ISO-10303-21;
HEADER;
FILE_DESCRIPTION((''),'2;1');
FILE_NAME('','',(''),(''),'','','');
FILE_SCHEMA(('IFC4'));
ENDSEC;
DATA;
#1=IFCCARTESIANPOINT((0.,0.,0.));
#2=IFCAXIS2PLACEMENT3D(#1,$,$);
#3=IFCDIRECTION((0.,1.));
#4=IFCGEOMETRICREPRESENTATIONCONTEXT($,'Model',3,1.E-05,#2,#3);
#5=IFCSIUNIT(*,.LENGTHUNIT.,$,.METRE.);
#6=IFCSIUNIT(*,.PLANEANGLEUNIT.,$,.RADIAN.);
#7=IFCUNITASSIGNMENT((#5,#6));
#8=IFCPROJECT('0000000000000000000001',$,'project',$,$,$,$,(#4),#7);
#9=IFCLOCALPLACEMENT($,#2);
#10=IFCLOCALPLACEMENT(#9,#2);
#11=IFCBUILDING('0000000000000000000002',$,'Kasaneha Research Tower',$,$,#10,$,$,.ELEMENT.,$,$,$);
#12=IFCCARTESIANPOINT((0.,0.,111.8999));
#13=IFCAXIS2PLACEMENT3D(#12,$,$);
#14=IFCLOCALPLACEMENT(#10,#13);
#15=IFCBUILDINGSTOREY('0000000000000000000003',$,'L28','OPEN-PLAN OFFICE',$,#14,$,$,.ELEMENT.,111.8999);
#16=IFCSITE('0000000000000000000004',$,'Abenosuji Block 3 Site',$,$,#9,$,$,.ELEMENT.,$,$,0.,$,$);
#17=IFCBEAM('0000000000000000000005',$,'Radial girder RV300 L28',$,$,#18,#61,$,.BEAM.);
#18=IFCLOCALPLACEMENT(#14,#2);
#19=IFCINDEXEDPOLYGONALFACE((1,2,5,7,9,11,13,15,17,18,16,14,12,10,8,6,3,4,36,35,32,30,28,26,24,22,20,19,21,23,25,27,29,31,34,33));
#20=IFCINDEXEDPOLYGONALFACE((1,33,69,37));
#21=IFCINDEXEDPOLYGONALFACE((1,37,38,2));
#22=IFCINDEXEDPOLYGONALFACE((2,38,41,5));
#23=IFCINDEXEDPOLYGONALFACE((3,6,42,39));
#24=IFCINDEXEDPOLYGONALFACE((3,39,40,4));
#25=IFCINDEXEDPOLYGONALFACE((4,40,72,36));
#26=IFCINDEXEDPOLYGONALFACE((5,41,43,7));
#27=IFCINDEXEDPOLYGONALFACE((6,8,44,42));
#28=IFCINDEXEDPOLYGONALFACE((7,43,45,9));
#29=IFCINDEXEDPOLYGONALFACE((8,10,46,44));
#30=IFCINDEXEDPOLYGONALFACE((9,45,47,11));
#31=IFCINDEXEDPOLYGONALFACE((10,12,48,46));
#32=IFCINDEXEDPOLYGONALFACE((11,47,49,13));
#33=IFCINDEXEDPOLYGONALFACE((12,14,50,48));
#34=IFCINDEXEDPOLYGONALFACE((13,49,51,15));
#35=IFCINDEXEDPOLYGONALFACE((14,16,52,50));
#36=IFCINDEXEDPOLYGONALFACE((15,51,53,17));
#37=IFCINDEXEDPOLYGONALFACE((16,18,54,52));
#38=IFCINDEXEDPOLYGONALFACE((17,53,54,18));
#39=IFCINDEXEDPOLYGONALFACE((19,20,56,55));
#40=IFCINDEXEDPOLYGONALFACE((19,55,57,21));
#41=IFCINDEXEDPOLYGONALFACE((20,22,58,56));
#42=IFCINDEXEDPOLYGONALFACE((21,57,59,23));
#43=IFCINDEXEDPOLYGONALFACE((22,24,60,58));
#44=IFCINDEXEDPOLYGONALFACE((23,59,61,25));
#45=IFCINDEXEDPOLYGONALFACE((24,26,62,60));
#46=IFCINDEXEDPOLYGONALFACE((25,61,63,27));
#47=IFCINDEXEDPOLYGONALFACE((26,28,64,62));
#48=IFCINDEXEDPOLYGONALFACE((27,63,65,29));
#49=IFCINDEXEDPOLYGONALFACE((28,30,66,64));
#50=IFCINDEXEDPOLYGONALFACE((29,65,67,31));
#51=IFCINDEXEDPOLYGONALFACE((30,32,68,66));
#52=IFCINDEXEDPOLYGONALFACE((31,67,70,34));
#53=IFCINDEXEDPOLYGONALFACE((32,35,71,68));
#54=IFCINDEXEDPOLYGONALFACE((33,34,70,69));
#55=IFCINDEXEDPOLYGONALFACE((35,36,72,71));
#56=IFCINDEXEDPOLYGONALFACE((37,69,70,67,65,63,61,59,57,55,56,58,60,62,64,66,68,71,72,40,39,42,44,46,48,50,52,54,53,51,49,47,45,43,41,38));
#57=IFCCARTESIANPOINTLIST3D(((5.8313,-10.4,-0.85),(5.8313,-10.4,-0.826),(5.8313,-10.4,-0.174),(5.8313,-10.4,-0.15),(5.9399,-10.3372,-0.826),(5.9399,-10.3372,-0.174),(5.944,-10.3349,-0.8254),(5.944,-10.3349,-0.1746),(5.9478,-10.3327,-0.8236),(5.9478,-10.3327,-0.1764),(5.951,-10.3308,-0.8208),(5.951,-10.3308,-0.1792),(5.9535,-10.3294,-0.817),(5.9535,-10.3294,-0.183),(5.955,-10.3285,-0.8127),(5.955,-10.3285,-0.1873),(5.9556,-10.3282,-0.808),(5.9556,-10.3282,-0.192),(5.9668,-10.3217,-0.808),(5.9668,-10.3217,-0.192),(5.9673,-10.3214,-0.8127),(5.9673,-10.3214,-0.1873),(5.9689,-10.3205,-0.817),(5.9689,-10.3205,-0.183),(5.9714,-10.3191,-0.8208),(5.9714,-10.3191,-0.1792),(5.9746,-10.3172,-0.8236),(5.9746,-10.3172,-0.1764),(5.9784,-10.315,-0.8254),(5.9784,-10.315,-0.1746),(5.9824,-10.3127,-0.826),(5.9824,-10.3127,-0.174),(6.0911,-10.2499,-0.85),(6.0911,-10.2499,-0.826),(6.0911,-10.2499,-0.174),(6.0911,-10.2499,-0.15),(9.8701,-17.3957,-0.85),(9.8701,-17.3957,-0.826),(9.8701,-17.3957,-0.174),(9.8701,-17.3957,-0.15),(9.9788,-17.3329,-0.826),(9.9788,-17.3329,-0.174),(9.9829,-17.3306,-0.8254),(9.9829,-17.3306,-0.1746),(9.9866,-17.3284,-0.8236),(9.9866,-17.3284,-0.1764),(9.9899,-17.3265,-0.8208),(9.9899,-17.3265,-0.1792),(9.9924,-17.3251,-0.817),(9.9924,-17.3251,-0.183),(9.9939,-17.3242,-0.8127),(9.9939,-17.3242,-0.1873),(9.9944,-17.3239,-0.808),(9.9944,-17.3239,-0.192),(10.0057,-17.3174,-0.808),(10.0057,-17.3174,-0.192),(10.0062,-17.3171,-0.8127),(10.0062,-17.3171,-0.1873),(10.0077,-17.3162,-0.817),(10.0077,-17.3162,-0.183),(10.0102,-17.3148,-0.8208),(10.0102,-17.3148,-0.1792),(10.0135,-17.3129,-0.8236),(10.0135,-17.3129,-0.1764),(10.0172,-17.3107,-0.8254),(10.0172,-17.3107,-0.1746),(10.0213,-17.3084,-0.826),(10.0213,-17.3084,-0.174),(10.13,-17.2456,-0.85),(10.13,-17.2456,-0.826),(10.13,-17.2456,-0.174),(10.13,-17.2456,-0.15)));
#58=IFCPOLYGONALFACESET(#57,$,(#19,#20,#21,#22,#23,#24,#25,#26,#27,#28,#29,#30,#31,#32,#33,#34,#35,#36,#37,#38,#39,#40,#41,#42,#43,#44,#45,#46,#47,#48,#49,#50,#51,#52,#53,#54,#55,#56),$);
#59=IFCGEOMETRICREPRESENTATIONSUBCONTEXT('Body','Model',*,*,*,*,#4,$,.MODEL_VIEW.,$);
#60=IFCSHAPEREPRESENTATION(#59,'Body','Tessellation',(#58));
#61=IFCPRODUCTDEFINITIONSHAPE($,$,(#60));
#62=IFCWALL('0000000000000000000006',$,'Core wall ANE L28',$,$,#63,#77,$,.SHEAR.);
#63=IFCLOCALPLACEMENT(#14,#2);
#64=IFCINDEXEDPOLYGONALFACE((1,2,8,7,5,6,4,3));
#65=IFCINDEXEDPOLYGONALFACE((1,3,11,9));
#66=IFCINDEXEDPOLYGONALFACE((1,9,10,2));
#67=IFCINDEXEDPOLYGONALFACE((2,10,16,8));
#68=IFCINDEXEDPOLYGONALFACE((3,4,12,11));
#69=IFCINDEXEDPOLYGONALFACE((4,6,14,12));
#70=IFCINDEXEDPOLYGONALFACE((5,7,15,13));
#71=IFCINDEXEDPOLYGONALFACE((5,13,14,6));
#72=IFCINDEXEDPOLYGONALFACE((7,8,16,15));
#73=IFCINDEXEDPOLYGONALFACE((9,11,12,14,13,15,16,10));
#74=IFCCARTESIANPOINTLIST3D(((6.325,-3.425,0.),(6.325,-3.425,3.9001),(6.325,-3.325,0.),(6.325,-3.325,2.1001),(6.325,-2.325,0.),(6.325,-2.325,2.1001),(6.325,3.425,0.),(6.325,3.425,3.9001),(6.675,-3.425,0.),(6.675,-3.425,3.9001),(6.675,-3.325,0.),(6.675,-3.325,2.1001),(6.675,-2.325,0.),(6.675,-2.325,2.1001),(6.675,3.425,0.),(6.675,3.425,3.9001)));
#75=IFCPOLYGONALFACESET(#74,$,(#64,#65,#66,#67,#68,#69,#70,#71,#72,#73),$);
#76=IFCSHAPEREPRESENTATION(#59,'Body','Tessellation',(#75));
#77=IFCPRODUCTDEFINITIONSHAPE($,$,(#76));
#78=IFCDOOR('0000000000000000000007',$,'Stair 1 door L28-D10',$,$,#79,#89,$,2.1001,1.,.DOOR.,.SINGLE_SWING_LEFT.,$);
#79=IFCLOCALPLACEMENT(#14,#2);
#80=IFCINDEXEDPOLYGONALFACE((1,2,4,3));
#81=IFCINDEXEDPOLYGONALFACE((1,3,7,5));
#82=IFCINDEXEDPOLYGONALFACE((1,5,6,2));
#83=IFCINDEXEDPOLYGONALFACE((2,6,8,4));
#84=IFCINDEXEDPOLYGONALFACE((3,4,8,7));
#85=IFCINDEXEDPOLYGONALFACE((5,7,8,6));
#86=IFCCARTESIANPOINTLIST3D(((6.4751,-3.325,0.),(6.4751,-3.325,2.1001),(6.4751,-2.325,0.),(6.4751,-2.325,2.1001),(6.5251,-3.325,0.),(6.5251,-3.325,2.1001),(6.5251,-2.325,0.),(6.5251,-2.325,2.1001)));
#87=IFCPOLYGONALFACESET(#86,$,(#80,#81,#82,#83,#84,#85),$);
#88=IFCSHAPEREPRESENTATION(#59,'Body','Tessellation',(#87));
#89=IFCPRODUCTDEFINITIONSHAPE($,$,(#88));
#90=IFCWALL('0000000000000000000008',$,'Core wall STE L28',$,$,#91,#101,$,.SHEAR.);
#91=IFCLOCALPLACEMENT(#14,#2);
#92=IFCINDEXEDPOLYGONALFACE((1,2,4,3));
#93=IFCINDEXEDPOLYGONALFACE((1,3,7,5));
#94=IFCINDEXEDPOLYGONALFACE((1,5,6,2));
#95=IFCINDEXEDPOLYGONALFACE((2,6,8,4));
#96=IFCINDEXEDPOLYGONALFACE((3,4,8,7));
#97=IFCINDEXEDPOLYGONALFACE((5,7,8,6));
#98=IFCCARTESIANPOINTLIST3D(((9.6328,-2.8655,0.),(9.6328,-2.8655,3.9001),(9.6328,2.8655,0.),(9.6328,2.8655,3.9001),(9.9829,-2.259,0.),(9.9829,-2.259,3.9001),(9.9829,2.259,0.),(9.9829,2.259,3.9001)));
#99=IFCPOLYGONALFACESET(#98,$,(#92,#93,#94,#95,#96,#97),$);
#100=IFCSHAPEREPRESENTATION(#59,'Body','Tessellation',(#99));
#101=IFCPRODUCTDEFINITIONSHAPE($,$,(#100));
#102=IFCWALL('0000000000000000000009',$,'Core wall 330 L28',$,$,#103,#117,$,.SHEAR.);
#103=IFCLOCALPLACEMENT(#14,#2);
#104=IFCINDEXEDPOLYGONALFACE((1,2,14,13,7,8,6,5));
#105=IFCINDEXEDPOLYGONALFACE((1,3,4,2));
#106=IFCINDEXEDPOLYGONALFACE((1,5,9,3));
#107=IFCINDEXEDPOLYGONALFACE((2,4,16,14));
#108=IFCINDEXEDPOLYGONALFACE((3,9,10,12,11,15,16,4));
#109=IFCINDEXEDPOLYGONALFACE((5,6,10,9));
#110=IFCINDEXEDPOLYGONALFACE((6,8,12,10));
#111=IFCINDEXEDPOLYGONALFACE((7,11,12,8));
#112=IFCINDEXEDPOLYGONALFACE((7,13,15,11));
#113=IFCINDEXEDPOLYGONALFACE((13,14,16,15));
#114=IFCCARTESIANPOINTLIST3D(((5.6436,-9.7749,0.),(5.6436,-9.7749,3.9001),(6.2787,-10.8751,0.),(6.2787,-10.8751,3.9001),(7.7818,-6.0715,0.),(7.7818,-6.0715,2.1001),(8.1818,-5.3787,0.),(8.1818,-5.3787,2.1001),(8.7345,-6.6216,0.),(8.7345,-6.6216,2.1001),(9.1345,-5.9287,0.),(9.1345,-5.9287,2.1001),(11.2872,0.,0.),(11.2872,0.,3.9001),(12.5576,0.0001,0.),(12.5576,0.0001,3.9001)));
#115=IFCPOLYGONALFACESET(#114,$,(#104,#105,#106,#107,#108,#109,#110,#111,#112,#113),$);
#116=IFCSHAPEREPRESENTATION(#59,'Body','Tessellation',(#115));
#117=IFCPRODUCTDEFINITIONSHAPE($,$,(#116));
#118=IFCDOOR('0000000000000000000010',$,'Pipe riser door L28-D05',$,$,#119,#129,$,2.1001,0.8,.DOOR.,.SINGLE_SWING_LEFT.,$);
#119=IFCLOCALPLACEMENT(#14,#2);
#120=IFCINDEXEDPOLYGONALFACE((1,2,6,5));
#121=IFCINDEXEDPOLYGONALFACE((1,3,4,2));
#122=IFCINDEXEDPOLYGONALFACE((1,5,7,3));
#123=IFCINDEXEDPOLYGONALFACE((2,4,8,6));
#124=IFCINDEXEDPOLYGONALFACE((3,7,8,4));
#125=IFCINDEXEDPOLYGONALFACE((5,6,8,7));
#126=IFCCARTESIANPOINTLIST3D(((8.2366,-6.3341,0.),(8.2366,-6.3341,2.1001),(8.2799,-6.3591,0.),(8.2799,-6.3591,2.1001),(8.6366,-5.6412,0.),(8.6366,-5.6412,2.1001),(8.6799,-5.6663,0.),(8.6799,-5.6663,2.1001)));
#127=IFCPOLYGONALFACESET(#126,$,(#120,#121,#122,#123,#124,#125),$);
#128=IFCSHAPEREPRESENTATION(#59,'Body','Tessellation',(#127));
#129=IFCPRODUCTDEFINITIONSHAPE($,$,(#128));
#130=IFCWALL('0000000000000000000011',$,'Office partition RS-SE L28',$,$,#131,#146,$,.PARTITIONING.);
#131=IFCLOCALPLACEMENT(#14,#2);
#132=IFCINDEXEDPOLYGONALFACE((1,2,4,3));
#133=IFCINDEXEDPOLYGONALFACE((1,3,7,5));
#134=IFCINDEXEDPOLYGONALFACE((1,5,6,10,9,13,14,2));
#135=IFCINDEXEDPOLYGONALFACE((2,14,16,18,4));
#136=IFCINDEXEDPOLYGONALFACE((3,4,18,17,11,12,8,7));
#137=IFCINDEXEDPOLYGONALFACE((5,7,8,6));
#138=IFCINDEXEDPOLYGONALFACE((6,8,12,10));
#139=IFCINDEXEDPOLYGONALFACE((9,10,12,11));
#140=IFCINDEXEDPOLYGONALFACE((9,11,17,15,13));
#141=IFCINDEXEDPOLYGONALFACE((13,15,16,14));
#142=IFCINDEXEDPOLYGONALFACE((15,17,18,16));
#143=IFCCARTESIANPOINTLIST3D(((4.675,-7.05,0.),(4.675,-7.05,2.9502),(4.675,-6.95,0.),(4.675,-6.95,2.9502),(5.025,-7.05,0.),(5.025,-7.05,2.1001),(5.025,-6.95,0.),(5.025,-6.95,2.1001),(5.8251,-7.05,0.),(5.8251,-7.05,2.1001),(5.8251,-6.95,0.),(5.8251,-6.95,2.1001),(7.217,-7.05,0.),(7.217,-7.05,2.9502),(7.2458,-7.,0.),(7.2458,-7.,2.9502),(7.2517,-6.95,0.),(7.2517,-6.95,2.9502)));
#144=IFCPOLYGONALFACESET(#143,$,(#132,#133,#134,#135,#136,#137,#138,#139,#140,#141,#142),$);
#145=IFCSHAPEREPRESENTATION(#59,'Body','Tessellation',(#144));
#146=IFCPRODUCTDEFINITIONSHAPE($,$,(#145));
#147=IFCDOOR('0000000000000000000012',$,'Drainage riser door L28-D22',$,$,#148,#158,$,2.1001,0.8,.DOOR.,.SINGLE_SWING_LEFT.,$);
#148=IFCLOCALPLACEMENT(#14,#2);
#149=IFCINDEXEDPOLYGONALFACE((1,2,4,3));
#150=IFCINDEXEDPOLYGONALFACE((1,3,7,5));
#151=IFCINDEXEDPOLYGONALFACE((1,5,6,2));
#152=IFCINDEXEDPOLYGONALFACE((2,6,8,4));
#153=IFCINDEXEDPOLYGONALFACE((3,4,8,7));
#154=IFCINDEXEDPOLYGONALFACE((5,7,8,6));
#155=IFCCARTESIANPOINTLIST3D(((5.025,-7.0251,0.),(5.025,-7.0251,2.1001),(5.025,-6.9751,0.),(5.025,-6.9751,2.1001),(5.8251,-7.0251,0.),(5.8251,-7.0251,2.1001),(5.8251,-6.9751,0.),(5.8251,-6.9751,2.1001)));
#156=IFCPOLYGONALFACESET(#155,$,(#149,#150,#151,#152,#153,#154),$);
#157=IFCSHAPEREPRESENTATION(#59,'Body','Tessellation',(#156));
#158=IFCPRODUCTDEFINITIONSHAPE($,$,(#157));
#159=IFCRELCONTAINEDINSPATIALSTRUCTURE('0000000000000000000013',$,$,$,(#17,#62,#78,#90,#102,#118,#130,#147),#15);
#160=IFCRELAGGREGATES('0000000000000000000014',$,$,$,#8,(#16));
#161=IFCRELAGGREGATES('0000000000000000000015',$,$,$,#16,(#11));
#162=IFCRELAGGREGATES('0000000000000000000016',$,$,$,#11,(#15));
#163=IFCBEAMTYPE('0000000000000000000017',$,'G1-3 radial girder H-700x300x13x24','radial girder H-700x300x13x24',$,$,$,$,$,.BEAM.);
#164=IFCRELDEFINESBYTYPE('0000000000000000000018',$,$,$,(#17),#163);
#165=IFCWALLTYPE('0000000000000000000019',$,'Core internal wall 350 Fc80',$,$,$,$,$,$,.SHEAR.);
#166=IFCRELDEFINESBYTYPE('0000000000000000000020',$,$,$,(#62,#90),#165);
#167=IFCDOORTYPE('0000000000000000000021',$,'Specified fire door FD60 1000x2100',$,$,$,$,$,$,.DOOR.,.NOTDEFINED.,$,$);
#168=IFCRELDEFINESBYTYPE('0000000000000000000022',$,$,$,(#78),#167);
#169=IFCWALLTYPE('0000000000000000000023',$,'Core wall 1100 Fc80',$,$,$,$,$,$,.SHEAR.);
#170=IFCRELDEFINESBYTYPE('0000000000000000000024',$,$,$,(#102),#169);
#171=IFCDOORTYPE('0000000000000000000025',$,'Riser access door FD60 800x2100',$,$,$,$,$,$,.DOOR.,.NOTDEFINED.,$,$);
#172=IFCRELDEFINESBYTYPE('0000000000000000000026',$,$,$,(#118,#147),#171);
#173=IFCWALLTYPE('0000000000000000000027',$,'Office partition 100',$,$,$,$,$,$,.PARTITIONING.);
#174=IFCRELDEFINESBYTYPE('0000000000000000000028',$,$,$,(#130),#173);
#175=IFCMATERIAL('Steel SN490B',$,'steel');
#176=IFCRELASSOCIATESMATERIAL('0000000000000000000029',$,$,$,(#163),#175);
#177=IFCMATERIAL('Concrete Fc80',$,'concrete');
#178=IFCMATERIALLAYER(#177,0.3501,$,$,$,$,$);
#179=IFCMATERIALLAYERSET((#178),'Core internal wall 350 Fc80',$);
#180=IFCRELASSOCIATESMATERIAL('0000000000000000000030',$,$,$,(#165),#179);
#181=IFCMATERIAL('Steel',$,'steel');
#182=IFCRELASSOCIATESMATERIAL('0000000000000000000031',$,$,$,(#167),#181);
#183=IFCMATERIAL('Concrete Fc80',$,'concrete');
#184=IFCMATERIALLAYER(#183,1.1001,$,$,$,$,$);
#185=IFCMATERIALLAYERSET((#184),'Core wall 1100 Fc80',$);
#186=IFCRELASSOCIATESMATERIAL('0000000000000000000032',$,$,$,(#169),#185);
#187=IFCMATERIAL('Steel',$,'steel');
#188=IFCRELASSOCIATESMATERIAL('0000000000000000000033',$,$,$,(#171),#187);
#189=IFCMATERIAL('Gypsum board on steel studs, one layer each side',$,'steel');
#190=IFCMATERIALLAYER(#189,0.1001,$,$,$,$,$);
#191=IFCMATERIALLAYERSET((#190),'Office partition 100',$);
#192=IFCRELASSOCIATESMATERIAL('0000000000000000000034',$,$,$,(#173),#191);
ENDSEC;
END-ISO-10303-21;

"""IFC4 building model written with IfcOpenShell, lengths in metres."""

from ifc_helpers import new_model, si_unit, direction, frame, frame_2d, origin, origin_2d, place, context, subcontext, project, spatial, polyline, rectangle, i_section, outline, extrude, material, layer, layer_set, material_profile, profile_set, type_object, element, fill, save


model = new_model("IFC4")

# Units and contexts
model_context = context("Model", 3, precision=1e-05, world=origin(), true_north=direction((0.0, 1.0)))
body_context = subcontext(model_context, "Body", "Model", "MODEL_VIEW")
ifc_project = project(units=[si_unit("LENGTHUNIT", "METRE"), si_unit("PLANEANGLEUNIT", "RADIAN")], contexts=[model_context])

# Site, building, storey
site_placement = place(None, origin())
site = spatial("IfcSite", under=ifc_project, at=site_placement, Name="Abenosuji Block 3 Site", CompositionType="ELEMENT", RefElevation=0.0)
building_placement = place(site_placement, origin())
building = spatial("IfcBuilding", under=site, at=building_placement, Name="Kasaneha Research Tower", CompositionType="ELEMENT")
storey_placement = place(building_placement, frame((0.0, 0.0, 111.8999)))
storey = spatial("IfcBuildingStorey", under=building, at=storey_placement, Name="L28", Description="OPEN-PLAN OFFICE", CompositionType="ELEMENT", Elevation=111.8999)

# Beam
ifc_material_1 = material(Name="Steel SN490B", Category="steel")
ifc_material_profile_1 = material_profile(ifc_material_1, i_section(OverallWidth=0.3, OverallDepth=0.7, WebThickness=0.0129, FlangeThickness=0.0239, FilletRadius=0.0181, at=origin_2d()), Name="H-700x300x13x24")
ifc_profile_set_1 = profile_set([ifc_material_profile_1], Name="Steel SN490B")
beam_type_1 = type_object("IfcBeamType", Name="G1-3 radial girder H-700x300x13x24", Description="radial girder H-700x300x13x24", PredefinedType="BEAM", material=ifc_profile_set_1)
beam_1_placement = place(storey_placement, frame((5.9612, -10.325, -0.5), z_axis=(0.499991, -0.866031, 0.0), x_axis=(0.866031, 0.499991, 0.0)))
element("IfcBeam", 1, at=beam_1_placement, inside=storey, type_object=beam_type_1, Name="Radial girder RV300 L28", PredefinedType="BEAM", context=body_context, shape_type="SweptSolid", body=[
    extrude(i_section(OverallWidth=0.3, OverallDepth=0.7, WebThickness=0.0129, FlangeThickness=0.0239, FilletRadius=0.0181, at=origin_2d()), origin(), (0.0, 0.0, 1.0), 8.0779),
])

# Wall, opening, door
ifc_material_2 = material(Name="Concrete Fc80", Category="concrete")
ifc_layer_1 = layer(ifc_material_2, 0.3501)
ifc_layer_set_1 = layer_set([ifc_layer_1], Name="Core internal wall 350 Fc80")
wall_type_1 = type_object("IfcWallType", Name="Core internal wall 350 Fc80", PredefinedType="SHEAR", material=ifc_layer_set_1)
wall_1_placement = place(storey_placement, frame((6.5, -3.425, 0.0), z_axis=(0.0, 0.0, 1.0), x_axis=(0.0, 1.0, 0.0)))
wall_1 = element("IfcWall", 2, at=wall_1_placement, inside=storey, type_object=wall_type_1, Name="Core wall ANE L28", PredefinedType="SHEAR", context=body_context, shape_type="SweptSolid", body=[
    extrude(rectangle(XDim=6.8501, YDim=0.3501, at=frame_2d((3.425, 0.0))), origin(), (0.0, 0.0, 1.0), 3.9001),
])
opening_1_placement = place(wall_1_placement, frame((0.1001, 0.0, 0.0)))
opening_1 = element("IfcOpeningElement", 3, at=opening_1_placement, cuts=wall_1, PredefinedType="OPENING", context=body_context, shape_type="SweptSolid", body=[
    extrude(rectangle(XDim=1.0, YDim=2.1001, at=frame_2d((0.5, 1.05))), frame((0.0, 0.1851, 0.0), z_axis=(0.0, -1.0, 0.0), x_axis=(1.0, 0.0, 0.0)), (0.0, 0.0, 1.0), 0.3701),
])
ifc_material_3 = material(Name="Steel", Category="steel")
door_type_1 = type_object("IfcDoorType", Name="Specified fire door FD60 1000x2100", OperationType="NOTDEFINED", PredefinedType="DOOR", material=ifc_material_3)
door_1_placement = place(opening_1_placement, origin())
door_1 = element("IfcDoor", 4, at=door_1_placement, inside=storey, type_object=door_type_1, Name="Stair 1 door L28-D10", OperationType="SINGLE_SWING_LEFT", OverallHeight=2.1001, OverallWidth=1.0, PredefinedType="DOOR", context=body_context, shape_type="SweptSolid", body=[
    extrude(rectangle(XDim=1.0, YDim=2.1001, at=frame_2d((0.5, 1.05))), frame((0.0, 0.0249, 0.0), z_axis=(0.0, -1.0, 0.0), x_axis=(1.0, 0.0, 0.0)), (0.0, 0.0, 1.0), 0.05),
])
fill(opening_1, door_1)

# Wall
wall_2_placement = place(storey_placement, frame((9.8079, -2.5623, 0.0), z_axis=(0.0, 0.0, 1.0), x_axis=(0.0, 1.0, 0.0)))
element("IfcWall", 5, at=wall_2_placement, inside=storey, type_object=wall_type_1, Name="Core wall STE L28", PredefinedType="SHEAR", context=body_context, shape_type="SweptSolid", body=[
    extrude(outline(polyline([(0.3032, -0.175), (4.8213, -0.175), (5.4277, 0.175), (-0.3032, 0.175), (0.3032, -0.175)])), origin(), (0.0, 0.0, 1.0), 3.9001),
])

# Walls, openings, doors
ifc_material_4 = material(Name="Concrete Fc80", Category="concrete")
ifc_layer_2 = layer(ifc_material_4, 1.1001)
ifc_layer_set_2 = layer_set([ifc_layer_2], Name="Core wall 1100 Fc80")
wall_type_2 = type_object("IfcWallType", Name="Core wall 1100 Fc80", PredefinedType="SHEAR", material=ifc_layer_set_2)
wall_3_placement = place(storey_placement, frame((5.9612, -10.325, 0.0), z_axis=(0.0, 0.0, 1.0), x_axis=(0.500004, 0.866023, 0.0)))
wall_3 = element("IfcWall", 6, at=wall_3_placement, inside=storey, type_object=wall_type_2, Name="Core wall 330 L28", PredefinedType="SHEAR", context=body_context, shape_type="SweptSolid", body=[
    extrude(outline(polyline([(-0.3176, -0.55), (4.594, -0.55), (5.394, -0.55), (12.24, -0.55), (11.6047, 0.55), (5.394, 0.55), (4.594, 0.55), (0.3176, 0.55), (-0.3176, -0.55)])), origin(), (0.0, 0.0, 1.0), 3.9001),
])
opening_2_placement = place(wall_3_placement, frame((4.594, 0.0, 0.0)))
opening_2 = element("IfcOpeningElement", 7, at=opening_2_placement, cuts=wall_3, PredefinedType="OPENING", context=body_context, shape_type="SweptSolid", body=[
    extrude(rectangle(XDim=0.8, YDim=2.1001, at=frame_2d((0.3999, 1.05))), frame((0.0, 0.5601, 0.0), z_axis=(0.0, -1.0, 0.0), x_axis=(1.0, 0.0, 0.0)), (0.0, 0.0, 1.0), 1.1201),
])
ifc_material_5 = material(Name="Steel", Category="steel")
door_type_2 = type_object("IfcDoorType", Name="Riser access door FD60 800x2100", OperationType="NOTDEFINED", PredefinedType="DOOR", material=ifc_material_5)
door_2_placement = place(opening_2_placement, origin())
door_2 = element("IfcDoor", 8, at=door_2_placement, inside=storey, type_object=door_type_2, Name="Pipe riser door L28-D05", OperationType="SINGLE_SWING_LEFT", OverallHeight=2.1001, OverallWidth=0.8, PredefinedType="DOOR", context=body_context, shape_type="SweptSolid", body=[
    extrude(rectangle(XDim=0.8, YDim=2.1001, at=frame_2d((0.3999, 1.05))), frame((0.0, 0.0249, 0.0), z_axis=(0.0, -1.0, 0.0), x_axis=(1.0, 0.0, 0.0)), (0.0, 0.0, 1.0), 0.05),
])
fill(opening_2, door_2)
ifc_material_6 = material(Name="Gypsum board on steel studs, one layer each side", Category="steel")
ifc_layer_3 = layer(ifc_material_6, 0.1001)
ifc_layer_set_3 = layer_set([ifc_layer_3], Name="Office partition 100")
wall_type_3 = type_object("IfcWallType", Name="Office partition 100", PredefinedType="PARTITIONING", material=ifc_layer_set_3)
wall_4_placement = place(storey_placement, frame((4.675, -7.0, 0.0), z_axis=(0.0, 0.0, 1.0), x_axis=(1.0, 0.0, 0.0)))
wall_4 = element("IfcWall", 9, at=wall_4_placement, inside=storey, type_object=wall_type_3, Name="Office partition RS-SE L28", PredefinedType="PARTITIONING", context=body_context, shape_type="SweptSolid", body=[
    extrude(outline(polyline([(0.0, -0.05), (0.3501, -0.05), (1.1501, -0.05), (2.542, -0.05), (2.5708, 0.0), (2.5767, 0.05), (1.1501, 0.05), (0.3501, 0.05), (0.0, 0.05), (0.0, -0.05)])), origin(), (0.0, 0.0, 1.0), 2.9502),
])
opening_3_placement = place(wall_4_placement, frame((0.3501, 0.0, 0.0)))
opening_3 = element("IfcOpeningElement", 10, at=opening_3_placement, cuts=wall_4, PredefinedType="OPENING", context=body_context, shape_type="SweptSolid", body=[
    extrude(rectangle(XDim=0.8, YDim=2.1001, at=frame_2d((0.3999, 1.05))), frame((0.0, 0.0601, 0.0), z_axis=(0.0, -1.0, 0.0), x_axis=(1.0, 0.0, 0.0)), (0.0, 0.0, 1.0), 0.1201),
])
door_3_placement = place(opening_3_placement, origin())
door_3 = element("IfcDoor", 11, at=door_3_placement, inside=storey, type_object=door_type_2, Name="Drainage riser door L28-D22", OperationType="SINGLE_SWING_LEFT", OverallHeight=2.1001, OverallWidth=0.8, PredefinedType="DOOR", context=body_context, shape_type="SweptSolid", body=[
    extrude(rectangle(XDim=0.8, YDim=2.1001, at=frame_2d((0.3999, 1.05))), frame((0.0, 0.0249, 0.0), z_axis=(0.0, -1.0, 0.0), x_axis=(1.0, 0.0, 0.0)), (0.0, 0.0, 1.0), 0.05),
])
fill(opening_3, door_3)

save(model, "model.ifc")
